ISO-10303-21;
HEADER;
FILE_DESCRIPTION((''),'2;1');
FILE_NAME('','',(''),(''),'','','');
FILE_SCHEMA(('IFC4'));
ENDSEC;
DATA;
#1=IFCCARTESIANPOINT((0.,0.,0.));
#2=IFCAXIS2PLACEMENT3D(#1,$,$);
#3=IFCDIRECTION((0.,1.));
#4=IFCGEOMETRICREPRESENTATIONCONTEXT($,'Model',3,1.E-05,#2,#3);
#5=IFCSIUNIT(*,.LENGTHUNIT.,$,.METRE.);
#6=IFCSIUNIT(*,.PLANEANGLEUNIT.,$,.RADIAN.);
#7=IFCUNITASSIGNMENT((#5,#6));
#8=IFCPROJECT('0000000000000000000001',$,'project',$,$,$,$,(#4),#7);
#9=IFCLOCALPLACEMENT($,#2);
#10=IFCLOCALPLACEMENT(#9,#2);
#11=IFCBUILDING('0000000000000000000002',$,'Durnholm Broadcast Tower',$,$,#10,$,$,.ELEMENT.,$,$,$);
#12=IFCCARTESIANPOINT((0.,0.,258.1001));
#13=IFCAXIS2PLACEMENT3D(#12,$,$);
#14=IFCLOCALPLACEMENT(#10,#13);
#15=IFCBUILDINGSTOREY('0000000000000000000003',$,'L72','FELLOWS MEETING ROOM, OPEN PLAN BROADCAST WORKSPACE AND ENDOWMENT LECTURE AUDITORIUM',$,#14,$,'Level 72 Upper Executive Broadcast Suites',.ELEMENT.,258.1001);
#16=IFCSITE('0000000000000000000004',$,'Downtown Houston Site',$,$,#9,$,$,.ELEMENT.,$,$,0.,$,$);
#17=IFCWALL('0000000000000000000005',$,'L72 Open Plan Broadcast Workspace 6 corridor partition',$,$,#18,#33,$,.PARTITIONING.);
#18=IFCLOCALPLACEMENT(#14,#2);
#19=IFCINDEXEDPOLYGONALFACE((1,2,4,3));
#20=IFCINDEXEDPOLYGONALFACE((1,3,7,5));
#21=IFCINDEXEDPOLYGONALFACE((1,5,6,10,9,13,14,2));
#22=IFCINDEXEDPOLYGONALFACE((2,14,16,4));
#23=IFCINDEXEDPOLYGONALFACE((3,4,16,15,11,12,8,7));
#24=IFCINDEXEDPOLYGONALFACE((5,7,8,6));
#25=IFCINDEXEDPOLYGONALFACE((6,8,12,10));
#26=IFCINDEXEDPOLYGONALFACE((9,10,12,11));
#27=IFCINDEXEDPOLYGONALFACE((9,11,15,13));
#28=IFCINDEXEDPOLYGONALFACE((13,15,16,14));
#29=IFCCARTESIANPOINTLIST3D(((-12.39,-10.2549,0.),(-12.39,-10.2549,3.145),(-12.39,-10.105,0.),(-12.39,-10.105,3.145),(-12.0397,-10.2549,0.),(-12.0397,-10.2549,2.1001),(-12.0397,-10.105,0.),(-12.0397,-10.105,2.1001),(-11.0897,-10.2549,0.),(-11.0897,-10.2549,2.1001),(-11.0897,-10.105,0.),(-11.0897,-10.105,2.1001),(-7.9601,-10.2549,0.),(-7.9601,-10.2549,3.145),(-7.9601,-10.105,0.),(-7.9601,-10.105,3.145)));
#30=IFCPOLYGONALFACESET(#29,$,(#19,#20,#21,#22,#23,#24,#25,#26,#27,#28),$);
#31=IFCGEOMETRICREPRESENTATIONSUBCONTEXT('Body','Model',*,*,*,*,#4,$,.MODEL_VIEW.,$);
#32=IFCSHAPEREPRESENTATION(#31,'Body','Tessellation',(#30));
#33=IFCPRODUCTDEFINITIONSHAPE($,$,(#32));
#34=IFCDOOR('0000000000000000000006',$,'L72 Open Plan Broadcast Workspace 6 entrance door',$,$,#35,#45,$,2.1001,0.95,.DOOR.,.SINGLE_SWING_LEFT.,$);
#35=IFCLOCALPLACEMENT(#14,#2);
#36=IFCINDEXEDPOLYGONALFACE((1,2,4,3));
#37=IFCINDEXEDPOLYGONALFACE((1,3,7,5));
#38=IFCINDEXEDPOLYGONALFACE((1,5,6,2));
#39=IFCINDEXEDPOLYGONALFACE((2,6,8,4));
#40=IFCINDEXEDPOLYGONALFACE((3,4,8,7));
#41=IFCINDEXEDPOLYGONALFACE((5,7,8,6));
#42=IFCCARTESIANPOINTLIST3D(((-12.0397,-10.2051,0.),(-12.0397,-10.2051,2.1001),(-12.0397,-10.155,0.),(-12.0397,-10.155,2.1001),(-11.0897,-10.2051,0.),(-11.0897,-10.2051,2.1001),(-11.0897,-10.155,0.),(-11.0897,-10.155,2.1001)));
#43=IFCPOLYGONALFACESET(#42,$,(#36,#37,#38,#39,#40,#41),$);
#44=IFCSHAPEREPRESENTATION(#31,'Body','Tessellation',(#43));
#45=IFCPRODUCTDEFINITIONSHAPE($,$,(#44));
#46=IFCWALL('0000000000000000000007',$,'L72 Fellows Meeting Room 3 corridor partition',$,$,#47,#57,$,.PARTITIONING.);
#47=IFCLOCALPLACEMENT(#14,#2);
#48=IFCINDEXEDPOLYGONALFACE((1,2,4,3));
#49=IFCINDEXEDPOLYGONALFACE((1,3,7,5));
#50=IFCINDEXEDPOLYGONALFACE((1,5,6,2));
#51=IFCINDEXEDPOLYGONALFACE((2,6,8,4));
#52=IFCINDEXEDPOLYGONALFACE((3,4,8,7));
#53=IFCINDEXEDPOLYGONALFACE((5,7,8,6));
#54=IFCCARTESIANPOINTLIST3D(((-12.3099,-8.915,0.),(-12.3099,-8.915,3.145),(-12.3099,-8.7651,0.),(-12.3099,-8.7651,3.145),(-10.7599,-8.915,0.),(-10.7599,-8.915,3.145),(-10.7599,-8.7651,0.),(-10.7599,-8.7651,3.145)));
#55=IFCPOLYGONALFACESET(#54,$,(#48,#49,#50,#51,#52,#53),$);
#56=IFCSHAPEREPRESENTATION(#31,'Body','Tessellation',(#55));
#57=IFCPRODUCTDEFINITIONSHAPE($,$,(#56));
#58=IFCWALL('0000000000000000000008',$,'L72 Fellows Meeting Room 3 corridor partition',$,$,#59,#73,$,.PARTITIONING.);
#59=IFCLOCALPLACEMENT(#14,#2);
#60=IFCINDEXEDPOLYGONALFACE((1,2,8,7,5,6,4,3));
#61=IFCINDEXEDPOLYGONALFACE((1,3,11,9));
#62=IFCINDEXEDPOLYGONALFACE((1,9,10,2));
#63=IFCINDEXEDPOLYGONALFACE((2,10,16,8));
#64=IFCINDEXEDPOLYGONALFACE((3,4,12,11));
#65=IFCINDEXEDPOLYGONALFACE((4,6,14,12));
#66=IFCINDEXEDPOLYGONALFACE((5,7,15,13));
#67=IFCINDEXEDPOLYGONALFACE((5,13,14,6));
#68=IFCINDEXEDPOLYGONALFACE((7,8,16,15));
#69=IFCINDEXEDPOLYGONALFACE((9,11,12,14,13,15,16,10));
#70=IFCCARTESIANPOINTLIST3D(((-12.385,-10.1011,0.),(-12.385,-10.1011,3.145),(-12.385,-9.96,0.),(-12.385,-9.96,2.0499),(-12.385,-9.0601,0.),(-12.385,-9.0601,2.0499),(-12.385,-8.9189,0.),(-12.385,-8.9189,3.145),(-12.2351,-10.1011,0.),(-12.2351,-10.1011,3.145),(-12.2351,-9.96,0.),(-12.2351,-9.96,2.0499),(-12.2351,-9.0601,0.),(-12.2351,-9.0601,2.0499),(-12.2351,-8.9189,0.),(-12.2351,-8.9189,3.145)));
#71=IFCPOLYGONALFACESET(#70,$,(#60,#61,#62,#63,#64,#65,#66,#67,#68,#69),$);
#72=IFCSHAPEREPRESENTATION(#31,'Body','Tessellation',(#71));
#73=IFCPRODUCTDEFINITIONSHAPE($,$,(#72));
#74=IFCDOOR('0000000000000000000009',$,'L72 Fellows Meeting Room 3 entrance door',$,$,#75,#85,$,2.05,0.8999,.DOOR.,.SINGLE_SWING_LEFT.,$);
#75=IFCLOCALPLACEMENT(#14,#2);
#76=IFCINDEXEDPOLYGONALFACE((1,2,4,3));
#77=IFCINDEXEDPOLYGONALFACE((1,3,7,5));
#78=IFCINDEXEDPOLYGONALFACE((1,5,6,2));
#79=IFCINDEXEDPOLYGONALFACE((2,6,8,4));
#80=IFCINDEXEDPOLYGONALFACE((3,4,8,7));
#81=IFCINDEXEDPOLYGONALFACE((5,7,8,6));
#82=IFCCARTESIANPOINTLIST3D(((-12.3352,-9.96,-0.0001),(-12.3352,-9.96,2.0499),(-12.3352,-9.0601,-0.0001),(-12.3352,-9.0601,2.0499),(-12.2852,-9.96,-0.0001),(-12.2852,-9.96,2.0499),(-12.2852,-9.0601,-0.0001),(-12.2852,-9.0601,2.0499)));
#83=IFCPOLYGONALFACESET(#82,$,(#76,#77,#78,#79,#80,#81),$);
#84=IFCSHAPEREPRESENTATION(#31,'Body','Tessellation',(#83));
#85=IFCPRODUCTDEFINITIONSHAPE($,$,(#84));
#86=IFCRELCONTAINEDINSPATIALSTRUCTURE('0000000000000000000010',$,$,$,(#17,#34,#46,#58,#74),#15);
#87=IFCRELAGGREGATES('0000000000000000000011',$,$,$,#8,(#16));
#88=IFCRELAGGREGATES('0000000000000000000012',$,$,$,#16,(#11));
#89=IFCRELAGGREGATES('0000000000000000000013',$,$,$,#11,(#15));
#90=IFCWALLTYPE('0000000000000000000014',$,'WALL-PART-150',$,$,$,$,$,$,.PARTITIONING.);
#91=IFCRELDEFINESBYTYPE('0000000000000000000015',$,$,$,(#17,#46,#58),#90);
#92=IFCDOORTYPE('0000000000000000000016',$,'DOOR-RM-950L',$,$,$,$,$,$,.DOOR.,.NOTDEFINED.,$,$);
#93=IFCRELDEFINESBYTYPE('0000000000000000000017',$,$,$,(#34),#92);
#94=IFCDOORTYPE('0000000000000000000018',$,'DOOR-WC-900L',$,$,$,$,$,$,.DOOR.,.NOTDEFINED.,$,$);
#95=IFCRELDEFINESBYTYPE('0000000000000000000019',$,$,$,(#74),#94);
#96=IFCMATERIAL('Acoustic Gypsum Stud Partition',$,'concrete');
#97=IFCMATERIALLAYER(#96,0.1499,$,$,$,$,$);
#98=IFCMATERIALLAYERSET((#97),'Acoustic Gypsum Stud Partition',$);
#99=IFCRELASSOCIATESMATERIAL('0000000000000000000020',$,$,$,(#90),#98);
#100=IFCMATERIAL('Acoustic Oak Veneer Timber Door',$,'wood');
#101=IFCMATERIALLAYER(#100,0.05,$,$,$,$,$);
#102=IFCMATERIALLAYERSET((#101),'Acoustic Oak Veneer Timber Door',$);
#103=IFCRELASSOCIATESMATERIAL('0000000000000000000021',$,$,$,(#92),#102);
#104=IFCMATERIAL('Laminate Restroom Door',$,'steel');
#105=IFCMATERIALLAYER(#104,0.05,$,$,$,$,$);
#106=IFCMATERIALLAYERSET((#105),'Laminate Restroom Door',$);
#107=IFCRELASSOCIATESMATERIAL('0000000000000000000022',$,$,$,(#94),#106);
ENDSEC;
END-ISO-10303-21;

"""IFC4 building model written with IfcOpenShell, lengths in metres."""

from ifc_helpers import new_model, si_unit, direction, frame, frame_2d, origin, place, context, subcontext, project, spatial, rectangle, extrude, source, transform, mapped, material, layer, layer_set, type_object, type_shapes, element, fill, save


model = new_model("IFC4")

# Units and contexts
model_context = context("Model", 3, precision=1e-05, world=origin(), true_north=direction((0.0, 1.0)))
body_context = subcontext(model_context, "Body", "Model", "MODEL_VIEW")
ifc_project = project(units=[si_unit("LENGTHUNIT", "METRE"), si_unit("PLANEANGLEUNIT", "RADIAN")], contexts=[model_context])

# Site, building, storey
site_placement = place(None, origin())
site = spatial("IfcSite", under=ifc_project, at=site_placement, Name="Downtown Houston Site", CompositionType="ELEMENT", RefElevation=0.0)
building_placement = place(site_placement, origin())
building = spatial("IfcBuilding", under=site, at=building_placement, Name="Durnholm Broadcast Tower", CompositionType="ELEMENT")
storey_placement = place(building_placement, frame((0.0, 0.0, 258.1001)))
storey = spatial("IfcBuildingStorey", under=building, at=storey_placement, Name="L72", Description="FELLOWS MEETING ROOM, OPEN PLAN BROADCAST WORKSPACE AND ENDOWMENT LECTURE AUDITORIUM", LongName="Level 72 Upper Executive Broadcast Suites", CompositionType="ELEMENT", Elevation=258.1001)

# Wall, opening, door
ifc_material_1 = material(Name="Acoustic Gypsum Stud Partition", Category="concrete")
ifc_layer_1 = layer(ifc_material_1, 0.1499)
ifc_layer_set_1 = layer_set([ifc_layer_1], Name="Acoustic Gypsum Stud Partition")
wall_type_1 = type_object("IfcWallType", Name="WALL-PART-150", PredefinedType="PARTITIONING", material=ifc_layer_set_1)
wall_1_placement = place(storey_placement, frame((-12.3899, -10.1799, 0.0), z_axis=(0.0, 0.0, 1.0), x_axis=(1.0, 0.0, 0.0)))
wall_1 = element("IfcWall", 1, at=wall_1_placement, inside=storey, type_object=wall_type_1, Name="L72 Open Plan Broadcast Workspace 6 corridor partition", PredefinedType="PARTITIONING", context=body_context, shape_type="SweptSolid", body=[
    extrude(rectangle(XDim=4.4299, YDim=0.1499, at=frame_2d((2.2148, 0.0))), origin(), (0.0, 0.0, 1.0), 3.145),
])
opening_1_placement = place(wall_1_placement, frame((0.3501, 0.0, 0.0)))
opening_1 = element("IfcOpeningElement", 2, at=opening_1_placement, cuts=wall_1, PredefinedType="OPENING", context=body_context, shape_type="SweptSolid", body=[
    extrude(rectangle(XDim=0.95, YDim=2.1001, at=frame_2d((0.4751, 1.05))), frame((0.0, 0.085, 0.0), z_axis=(0.0, -1.0, 0.0), x_axis=(1.0, 0.0, 0.0)), (0.0, 0.0, 1.0), 0.1699),
])
ifc_material_2 = material(Name="Acoustic Oak Veneer Timber Door", Category="wood")
ifc_layer_2 = layer(ifc_material_2, 0.05)
ifc_layer_set_2 = layer_set([ifc_layer_2], Name="Acoustic Oak Veneer Timber Door")
door_type_1 = type_object("IfcDoorType", Name="DOOR-RM-950L", OperationType="NOTDEFINED", PredefinedType="DOOR", material=ifc_layer_set_2)
shared_shape_1 = source(origin(), body_context, "Body", "SweptSolid", [
    extrude(rectangle(XDim=0.95, YDim=2.1001, at=frame_2d((0.4751, 1.05))), frame((0.0, 0.0249, 0.0), z_axis=(0.0, -1.0, 0.0), x_axis=(1.0, 0.0, 0.0)), (0.0, 0.0, 1.0), 0.05),
])
type_shapes(door_type_1, [shared_shape_1])
door_1_placement = place(opening_1_placement, origin())
door_1 = element("IfcDoor", 3, at=door_1_placement, inside=storey, type_object=door_type_1, Name="L72 Open Plan Broadcast Workspace 6 entrance door", OperationType="SINGLE_SWING_LEFT", OverallHeight=2.1001, OverallWidth=0.95, PredefinedType="DOOR", context=body_context, shape_type="MappedRepresentation", body=[
    mapped(shared_shape_1, transform((0.0, 0.0, 0.0), x_axis=(1.0, 0.0, 0.0), y_axis=(0.0, 1.0, 0.0), z_axis=(0.0, 0.0, 1.0), scale=1.0)),
])
fill(opening_1, door_1)

# Wall
wall_2_placement = place(storey_placement, frame((-10.76, -8.8401, 0.0), z_axis=(0.0, 0.0, 1.0), x_axis=(-1.0, 0.0, 0.0)))
element("IfcWall", 4, at=wall_2_placement, inside=storey, type_object=wall_type_1, Name="L72 Fellows Meeting Room 3 corridor partition", PredefinedType="PARTITIONING", context=body_context, shape_type="SweptSolid", body=[
    extrude(rectangle(XDim=1.55, YDim=0.1499, at=frame_2d((0.7749, 0.0))), origin(), (0.0, 0.0, 1.0), 3.145),
])

# Wall, opening, door
wall_3_placement = place(storey_placement, frame((-12.3101, -8.9189, 0.0), z_axis=(0.0, 0.0, 1.0), x_axis=(0.0, -1.0, 0.0)))
wall_3 = element("IfcWall", 5, at=wall_3_placement, inside=storey, type_object=wall_type_1, Name="L72 Fellows Meeting Room 3 corridor partition", PredefinedType="PARTITIONING", context=body_context, shape_type="SweptSolid", body=[
    extrude(rectangle(XDim=1.1821, YDim=0.1499, at=frame_2d((0.5911, 0.0))), origin(), (0.0, 0.0, 1.0), 3.145),
])
opening_2_placement = place(wall_3_placement, frame((0.1411, 0.0, 0.0)))
opening_2 = element("IfcOpeningElement", 6, at=opening_2_placement, cuts=wall_3, PredefinedType="OPENING", context=body_context, shape_type="SweptSolid", body=[
    extrude(rectangle(XDim=0.8999, YDim=2.05, at=frame_2d((0.45, 1.0249))), frame((0.0, 0.085, 0.0), z_axis=(0.0, -1.0, 0.0), x_axis=(1.0, 0.0, 0.0)), (0.0, 0.0, 1.0), 0.1699),
])
ifc_material_3 = material(Name="Laminate Restroom Door", Category="steel")
ifc_layer_3 = layer(ifc_material_3, 0.05)
ifc_layer_set_3 = layer_set([ifc_layer_3], Name="Laminate Restroom Door")
door_type_2 = type_object("IfcDoorType", Name="DOOR-WC-900L", OperationType="NOTDEFINED", PredefinedType="DOOR", material=ifc_layer_set_3)
shared_shape_2 = source(origin(), body_context, "Body", "SweptSolid", [
    extrude(rectangle(XDim=0.8999, YDim=2.05, at=frame_2d((0.45, 1.0249))), frame((0.0, 0.0249, 0.0), z_axis=(0.0, -1.0, 0.0), x_axis=(1.0, 0.0, 0.0)), (0.0, 0.0, 1.0), 0.05),
])
type_shapes(door_type_2, [shared_shape_2])
door_2_placement = place(opening_2_placement, origin())
door_2 = element("IfcDoor", 7, at=door_2_placement, inside=storey, type_object=door_type_2, Name="L72 Fellows Meeting Room 3 entrance door", OperationType="SINGLE_SWING_LEFT", OverallHeight=2.05, OverallWidth=0.8999, PredefinedType="DOOR", context=body_context, shape_type="MappedRepresentation", body=[
    mapped(shared_shape_2, transform((0.0, 0.0, 0.0), x_axis=(1.0, 0.0, 0.0), y_axis=(0.0, 1.0, 0.0), z_axis=(0.0, 0.0, 1.0), scale=1.0)),
])
fill(opening_2, door_2)

save(model, "model.ifc")
